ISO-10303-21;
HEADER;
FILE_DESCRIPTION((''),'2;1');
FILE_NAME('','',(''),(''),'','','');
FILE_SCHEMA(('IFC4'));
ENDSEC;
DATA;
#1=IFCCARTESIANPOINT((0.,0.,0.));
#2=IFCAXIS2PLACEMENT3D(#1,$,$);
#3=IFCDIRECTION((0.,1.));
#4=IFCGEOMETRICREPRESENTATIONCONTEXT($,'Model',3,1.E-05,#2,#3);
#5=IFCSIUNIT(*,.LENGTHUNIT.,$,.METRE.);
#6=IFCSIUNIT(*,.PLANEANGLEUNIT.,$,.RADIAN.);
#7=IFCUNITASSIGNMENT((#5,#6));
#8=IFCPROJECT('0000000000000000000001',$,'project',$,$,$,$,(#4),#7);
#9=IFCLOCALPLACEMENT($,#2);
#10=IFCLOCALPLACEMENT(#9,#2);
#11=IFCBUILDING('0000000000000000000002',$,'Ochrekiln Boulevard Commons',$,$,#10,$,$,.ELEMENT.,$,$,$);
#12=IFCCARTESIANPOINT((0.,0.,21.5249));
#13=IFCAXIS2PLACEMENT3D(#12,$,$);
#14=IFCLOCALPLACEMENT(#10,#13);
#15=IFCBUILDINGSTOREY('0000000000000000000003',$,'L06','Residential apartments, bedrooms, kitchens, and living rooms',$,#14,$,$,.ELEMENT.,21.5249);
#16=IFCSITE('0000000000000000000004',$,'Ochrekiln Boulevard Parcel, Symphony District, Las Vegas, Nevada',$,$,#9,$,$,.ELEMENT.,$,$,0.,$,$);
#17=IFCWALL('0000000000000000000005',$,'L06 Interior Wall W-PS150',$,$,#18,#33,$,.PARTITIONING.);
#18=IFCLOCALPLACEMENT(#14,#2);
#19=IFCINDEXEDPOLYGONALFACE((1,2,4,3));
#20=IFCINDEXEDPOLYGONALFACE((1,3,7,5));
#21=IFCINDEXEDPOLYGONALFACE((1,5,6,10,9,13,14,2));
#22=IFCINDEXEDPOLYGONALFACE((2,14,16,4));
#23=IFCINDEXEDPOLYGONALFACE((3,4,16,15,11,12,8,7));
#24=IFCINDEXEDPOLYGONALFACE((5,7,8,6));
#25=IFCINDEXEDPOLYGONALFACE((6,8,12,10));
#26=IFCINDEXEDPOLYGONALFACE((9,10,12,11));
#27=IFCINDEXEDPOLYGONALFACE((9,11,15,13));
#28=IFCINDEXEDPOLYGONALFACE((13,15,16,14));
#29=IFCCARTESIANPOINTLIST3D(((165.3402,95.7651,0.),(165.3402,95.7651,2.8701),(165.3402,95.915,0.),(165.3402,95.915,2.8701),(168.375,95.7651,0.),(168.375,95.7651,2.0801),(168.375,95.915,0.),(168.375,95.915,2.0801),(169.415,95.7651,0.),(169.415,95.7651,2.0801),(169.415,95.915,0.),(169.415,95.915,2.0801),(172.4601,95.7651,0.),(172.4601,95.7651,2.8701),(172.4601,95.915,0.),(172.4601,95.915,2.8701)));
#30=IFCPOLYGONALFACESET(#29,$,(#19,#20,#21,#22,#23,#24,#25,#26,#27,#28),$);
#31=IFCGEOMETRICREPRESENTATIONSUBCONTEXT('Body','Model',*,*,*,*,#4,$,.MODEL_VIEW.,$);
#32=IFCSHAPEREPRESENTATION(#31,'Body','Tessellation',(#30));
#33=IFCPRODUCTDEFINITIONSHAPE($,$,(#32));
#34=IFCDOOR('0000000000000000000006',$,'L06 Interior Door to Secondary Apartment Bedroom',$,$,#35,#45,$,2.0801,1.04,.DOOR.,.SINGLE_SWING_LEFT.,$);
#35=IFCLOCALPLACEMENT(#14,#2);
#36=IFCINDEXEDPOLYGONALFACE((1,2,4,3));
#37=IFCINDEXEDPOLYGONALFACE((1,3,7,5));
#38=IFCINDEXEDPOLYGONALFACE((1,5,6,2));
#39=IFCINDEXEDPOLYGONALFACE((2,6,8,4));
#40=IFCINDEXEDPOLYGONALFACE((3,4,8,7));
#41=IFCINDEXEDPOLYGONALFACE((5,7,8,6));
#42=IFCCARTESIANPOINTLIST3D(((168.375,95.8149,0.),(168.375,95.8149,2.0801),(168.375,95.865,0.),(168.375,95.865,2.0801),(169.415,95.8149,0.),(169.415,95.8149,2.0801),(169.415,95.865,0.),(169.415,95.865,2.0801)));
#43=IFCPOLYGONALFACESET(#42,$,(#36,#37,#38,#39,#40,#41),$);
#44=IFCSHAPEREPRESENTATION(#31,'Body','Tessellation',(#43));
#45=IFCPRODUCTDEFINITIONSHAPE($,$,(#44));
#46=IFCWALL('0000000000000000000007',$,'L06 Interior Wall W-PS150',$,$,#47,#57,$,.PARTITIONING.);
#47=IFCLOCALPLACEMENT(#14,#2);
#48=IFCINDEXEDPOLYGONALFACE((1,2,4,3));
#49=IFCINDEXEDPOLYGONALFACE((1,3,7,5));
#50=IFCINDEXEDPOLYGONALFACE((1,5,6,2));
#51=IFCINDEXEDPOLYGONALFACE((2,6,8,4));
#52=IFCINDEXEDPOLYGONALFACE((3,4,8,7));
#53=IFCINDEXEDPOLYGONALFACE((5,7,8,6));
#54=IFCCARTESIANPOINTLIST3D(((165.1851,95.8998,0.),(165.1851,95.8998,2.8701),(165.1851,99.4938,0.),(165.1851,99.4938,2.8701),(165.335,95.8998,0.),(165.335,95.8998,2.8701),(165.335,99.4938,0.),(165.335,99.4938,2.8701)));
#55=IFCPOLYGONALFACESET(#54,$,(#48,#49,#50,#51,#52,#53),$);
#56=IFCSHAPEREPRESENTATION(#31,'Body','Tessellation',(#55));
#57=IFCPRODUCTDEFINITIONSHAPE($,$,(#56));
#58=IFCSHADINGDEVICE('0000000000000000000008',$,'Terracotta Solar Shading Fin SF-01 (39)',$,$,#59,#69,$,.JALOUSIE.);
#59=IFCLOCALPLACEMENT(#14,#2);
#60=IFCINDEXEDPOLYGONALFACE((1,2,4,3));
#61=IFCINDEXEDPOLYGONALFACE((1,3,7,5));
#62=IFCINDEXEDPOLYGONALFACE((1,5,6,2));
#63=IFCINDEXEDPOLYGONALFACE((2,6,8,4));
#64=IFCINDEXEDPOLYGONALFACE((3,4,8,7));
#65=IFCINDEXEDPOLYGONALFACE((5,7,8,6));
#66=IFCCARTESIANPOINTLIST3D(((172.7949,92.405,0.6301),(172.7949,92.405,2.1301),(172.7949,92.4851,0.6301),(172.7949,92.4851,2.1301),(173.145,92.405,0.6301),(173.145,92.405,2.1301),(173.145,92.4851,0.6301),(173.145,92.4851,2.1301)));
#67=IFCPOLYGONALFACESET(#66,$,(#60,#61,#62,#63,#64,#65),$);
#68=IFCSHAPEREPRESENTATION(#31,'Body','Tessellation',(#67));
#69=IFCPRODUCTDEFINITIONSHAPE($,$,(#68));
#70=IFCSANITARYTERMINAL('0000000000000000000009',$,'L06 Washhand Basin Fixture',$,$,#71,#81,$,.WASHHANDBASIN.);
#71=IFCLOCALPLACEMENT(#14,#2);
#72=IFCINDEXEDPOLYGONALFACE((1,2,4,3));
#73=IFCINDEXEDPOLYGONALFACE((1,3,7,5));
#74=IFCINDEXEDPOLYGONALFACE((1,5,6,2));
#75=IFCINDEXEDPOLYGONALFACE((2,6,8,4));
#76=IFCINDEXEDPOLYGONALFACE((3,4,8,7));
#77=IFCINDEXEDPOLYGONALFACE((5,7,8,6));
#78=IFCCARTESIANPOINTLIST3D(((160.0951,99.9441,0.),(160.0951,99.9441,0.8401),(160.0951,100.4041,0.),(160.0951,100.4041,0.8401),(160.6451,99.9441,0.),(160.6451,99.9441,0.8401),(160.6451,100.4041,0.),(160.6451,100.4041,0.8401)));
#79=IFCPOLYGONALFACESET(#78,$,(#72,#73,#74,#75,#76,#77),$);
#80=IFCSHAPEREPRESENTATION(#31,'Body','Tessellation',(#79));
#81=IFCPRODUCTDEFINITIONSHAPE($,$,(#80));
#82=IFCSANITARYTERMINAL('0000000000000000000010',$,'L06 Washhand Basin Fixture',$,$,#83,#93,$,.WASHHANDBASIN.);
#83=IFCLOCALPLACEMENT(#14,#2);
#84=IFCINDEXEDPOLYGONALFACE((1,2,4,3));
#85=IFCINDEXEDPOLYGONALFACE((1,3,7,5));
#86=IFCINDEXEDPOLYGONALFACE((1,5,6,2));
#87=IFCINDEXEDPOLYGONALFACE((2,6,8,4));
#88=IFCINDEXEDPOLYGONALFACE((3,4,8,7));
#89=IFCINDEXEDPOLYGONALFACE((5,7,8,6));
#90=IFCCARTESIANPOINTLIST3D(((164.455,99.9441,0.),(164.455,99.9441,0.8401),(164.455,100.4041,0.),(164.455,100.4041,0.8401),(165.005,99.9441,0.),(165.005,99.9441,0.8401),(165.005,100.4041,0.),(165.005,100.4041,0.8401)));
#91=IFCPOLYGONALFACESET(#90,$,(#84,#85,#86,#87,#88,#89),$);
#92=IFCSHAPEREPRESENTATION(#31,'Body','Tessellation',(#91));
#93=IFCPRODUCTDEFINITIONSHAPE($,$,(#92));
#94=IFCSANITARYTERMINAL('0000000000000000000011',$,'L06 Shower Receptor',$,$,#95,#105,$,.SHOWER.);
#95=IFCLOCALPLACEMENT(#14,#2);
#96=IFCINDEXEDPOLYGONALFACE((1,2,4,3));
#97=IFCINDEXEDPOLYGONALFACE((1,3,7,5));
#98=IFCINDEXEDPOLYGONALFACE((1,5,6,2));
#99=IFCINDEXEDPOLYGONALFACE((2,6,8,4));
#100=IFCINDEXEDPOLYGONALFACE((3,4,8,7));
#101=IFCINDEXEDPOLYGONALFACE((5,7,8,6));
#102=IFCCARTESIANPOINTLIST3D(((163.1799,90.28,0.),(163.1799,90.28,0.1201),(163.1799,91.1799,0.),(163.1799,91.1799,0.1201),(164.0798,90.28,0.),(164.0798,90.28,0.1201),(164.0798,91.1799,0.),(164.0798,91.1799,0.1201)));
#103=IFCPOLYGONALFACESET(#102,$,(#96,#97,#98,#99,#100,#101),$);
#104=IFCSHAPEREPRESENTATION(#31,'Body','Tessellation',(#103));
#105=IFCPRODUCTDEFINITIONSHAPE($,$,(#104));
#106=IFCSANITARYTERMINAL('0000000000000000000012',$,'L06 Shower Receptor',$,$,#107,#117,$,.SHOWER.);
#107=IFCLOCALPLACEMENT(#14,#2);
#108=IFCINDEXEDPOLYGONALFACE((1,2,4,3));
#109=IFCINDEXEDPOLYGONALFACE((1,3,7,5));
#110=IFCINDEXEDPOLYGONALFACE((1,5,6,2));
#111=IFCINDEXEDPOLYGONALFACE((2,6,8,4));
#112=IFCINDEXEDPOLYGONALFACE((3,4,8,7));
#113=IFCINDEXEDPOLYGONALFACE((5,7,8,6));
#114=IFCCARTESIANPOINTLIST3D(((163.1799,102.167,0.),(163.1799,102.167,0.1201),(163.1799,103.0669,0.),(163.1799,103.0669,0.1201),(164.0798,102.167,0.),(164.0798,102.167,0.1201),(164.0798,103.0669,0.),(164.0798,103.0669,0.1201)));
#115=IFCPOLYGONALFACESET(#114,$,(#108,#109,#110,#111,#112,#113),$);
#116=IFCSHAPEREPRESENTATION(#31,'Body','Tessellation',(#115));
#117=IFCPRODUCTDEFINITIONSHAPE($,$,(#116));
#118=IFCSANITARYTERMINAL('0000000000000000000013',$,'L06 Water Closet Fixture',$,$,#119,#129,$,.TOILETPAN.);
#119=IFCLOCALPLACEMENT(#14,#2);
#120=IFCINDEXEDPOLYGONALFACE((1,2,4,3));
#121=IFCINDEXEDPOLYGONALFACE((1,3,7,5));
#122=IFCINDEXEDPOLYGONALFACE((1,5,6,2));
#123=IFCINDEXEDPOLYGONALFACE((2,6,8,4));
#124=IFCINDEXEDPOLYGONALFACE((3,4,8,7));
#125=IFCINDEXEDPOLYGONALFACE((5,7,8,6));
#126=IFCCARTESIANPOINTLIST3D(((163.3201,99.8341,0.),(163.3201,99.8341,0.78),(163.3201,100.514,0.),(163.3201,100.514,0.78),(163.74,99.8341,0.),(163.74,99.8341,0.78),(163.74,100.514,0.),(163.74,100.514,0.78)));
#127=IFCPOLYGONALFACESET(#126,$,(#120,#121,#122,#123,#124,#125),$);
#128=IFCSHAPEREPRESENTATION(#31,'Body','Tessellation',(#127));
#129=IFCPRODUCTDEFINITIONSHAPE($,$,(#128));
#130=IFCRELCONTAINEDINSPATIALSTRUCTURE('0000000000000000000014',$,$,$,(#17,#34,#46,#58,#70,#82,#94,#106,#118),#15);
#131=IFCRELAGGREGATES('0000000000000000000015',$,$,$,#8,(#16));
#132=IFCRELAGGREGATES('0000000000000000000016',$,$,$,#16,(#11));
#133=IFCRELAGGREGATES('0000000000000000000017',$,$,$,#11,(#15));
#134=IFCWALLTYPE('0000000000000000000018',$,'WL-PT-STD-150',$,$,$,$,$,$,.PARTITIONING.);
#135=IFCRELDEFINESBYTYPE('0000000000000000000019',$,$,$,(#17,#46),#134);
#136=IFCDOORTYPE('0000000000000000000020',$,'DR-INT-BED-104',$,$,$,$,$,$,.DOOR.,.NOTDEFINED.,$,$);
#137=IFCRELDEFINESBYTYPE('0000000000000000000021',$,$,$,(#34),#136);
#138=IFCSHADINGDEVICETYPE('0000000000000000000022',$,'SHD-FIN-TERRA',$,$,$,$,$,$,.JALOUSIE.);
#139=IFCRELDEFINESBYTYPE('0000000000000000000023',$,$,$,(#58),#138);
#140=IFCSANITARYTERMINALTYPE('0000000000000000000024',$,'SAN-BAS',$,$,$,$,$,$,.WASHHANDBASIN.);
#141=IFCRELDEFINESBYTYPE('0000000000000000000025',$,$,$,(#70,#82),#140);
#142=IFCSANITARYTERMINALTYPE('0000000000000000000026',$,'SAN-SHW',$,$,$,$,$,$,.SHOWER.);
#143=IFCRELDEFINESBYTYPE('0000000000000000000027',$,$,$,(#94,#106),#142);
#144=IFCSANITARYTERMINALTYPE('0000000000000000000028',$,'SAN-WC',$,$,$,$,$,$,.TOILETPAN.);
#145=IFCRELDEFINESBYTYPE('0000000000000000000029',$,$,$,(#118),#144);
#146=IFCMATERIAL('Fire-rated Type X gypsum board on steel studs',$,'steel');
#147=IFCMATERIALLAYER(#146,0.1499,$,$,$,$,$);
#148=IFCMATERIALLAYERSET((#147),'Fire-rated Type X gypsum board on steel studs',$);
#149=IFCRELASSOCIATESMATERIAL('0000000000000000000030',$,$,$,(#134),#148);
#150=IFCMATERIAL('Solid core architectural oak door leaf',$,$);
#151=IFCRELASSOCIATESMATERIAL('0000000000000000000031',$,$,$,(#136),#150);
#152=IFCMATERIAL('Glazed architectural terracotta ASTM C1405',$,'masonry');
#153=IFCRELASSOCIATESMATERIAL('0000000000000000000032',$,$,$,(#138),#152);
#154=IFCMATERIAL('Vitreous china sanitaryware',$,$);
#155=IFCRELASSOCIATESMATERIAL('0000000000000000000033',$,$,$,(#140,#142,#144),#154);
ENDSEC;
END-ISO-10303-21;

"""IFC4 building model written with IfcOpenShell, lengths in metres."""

from ifc_helpers import new_model, si_unit, direction, frame, frame_2d, origin, origin_2d, place, context, subcontext, project, spatial, rectangle, extrude, material, layer, layer_set, type_object, element, fill, save


model = new_model("IFC4")

# Units and contexts
model_context = context("Model", 3, precision=1e-05, world=origin(), true_north=direction((0.0, 1.0)))
body_context = subcontext(model_context, "Body", "Model", "MODEL_VIEW")
ifc_project = project(units=[si_unit("LENGTHUNIT", "METRE"), si_unit("PLANEANGLEUNIT", "RADIAN")], contexts=[model_context])

# Site, building, storey
site_placement = place(None, origin())
site = spatial("IfcSite", under=ifc_project, at=site_placement, Name="Ochrekiln Boulevard Parcel, Symphony District, Las Vegas, Nevada", CompositionType="ELEMENT", RefElevation=0.0)
building_placement = place(site_placement, origin())
building = spatial("IfcBuilding", under=site, at=building_placement, Name="Ochrekiln Boulevard Commons", CompositionType="ELEMENT")
storey_placement = place(building_placement, frame((0.0, 0.0, 21.5249)))
storey = spatial("IfcBuildingStorey", under=building, at=storey_placement, Name="L06", Description="Residential apartments, bedrooms, kitchens, and living rooms", CompositionType="ELEMENT", Elevation=21.5249)

# Shared definitions
ifc_material_1 = material(Name="Solid core architectural oak door leaf")

# Shared definitions
ifc_material_2 = material(Name="Fire-rated Type X gypsum board on steel studs", Category="steel")

# Wall, opening, door
ifc_layer_1 = layer(ifc_material_2, 0.1499)
ifc_layer_set_1 = layer_set([ifc_layer_1], Name="Fire-rated Type X gypsum board on steel studs")
wall_type_1 = type_object("IfcWallType", Name="WL-PT-STD-150", PredefinedType="PARTITIONING", material=ifc_layer_set_1)
wall_1_placement = place(storey_placement, frame((165.3401, 95.8401, 0.0), z_axis=(0.0, 0.0, 1.0), x_axis=(1.0, 0.0, 0.0)))
wall_1 = element("IfcWall", 1, at=wall_1_placement, inside=storey, type_object=wall_type_1, Name="L06 Interior Wall W-PS150", PredefinedType="PARTITIONING", context=body_context, shape_type="SweptSolid", body=[
    extrude(rectangle(XDim=7.1199, YDim=0.1499, at=frame_2d((3.5601, 0.0))), origin(), (0.0, 0.0, 1.0), 2.8701),
])
opening_1_placement = place(wall_1_placement, frame((3.0349, 0.0, 0.0)))
opening_1 = element("IfcOpeningElement", 2, at=opening_1_placement, cuts=wall_1, PredefinedType="OPENING", context=body_context, shape_type="SweptSolid", body=[
    extrude(rectangle(XDim=1.04, YDim=2.0801, at=frame_2d((0.52, 1.04))), frame((0.0, 0.085, 0.0), z_axis=(0.0, -1.0, 0.0), x_axis=(1.0, 0.0, 0.0)), (0.0, 0.0, 1.0), 0.1699),
])
door_type_1 = type_object("IfcDoorType", Name="DR-INT-BED-104", OperationType="NOTDEFINED", PredefinedType="DOOR", material=ifc_material_1)
door_1_placement = place(opening_1_placement, origin())
door_1 = element("IfcDoor", 3, at=door_1_placement, inside=storey, type_object=door_type_1, Name="L06 Interior Door to Secondary Apartment Bedroom", OperationType="SINGLE_SWING_LEFT", OverallHeight=2.0801, OverallWidth=1.04, PredefinedType="DOOR", context=body_context, shape_type="SweptSolid", body=[
    extrude(rectangle(XDim=1.04, YDim=2.0801, at=frame_2d((0.52, 1.04))), frame((0.0, 0.0249, 0.0), z_axis=(0.0, -1.0, 0.0), x_axis=(1.0, 0.0, 0.0)), (0.0, 0.0, 1.0), 0.05),
])
fill(opening_1, door_1)

# Wall
wall_2_placement = place(storey_placement, frame((165.26, 95.8999, 0.0), z_axis=(0.0, 0.0, 1.0), x_axis=(0.0, 1.0, 0.0)))
element("IfcWall", 4, at=wall_2_placement, inside=storey, type_object=wall_type_1, Name="L06 Interior Wall W-PS150", PredefinedType="PARTITIONING", context=body_context, shape_type="SweptSolid", body=[
    extrude(rectangle(XDim=3.594, YDim=0.1499, at=frame_2d((1.7969, 0.0))), origin(), (0.0, 0.0, 1.0), 2.8701),
])

# Shading device
ifc_material_3 = material(Name="Glazed architectural terracotta ASTM C1405", Category="masonry")
shading_device_type = type_object("IfcShadingDeviceType", Name="SHD-FIN-TERRA", PredefinedType="JALOUSIE", material=ifc_material_3)
shading_device_placement = place(storey_placement, frame((172.97, 92.4451, 0.6301), z_axis=(0.0, 0.0, 1.0), x_axis=(1.0, 0.0, 0.0)))
element("IfcShadingDevice", 5, at=shading_device_placement, inside=storey, type_object=shading_device_type, Name="Terracotta Solar Shading Fin SF-01 (39)", PredefinedType="JALOUSIE", context=body_context, shape_type="SweptSolid", body=[
    extrude(rectangle(XDim=0.3501, YDim=0.0801, at=origin_2d()), origin(), (0.0, 0.0, 1.0), 1.5),
])

# Sanitary terminals
ifc_material_4 = material(Name="Vitreous china sanitaryware")
sanitary_terminal_type_1 = type_object("IfcSanitaryTerminalType", Name="SAN-BAS", PredefinedType="WASHHANDBASIN", material=ifc_material_4)
for number, where, z_axis, x_axis, name in (
    (6, (160.3701, 100.1741, 0.0), (0.0, 0.0, 1.0), (1.0, 0.0, 0.0), "L06 Washhand Basin Fixture"),
    (7, (164.73, 100.1741, 0.0), (0.0, 0.0, 1.0), (1.0, 0.0, 0.0), "L06 Washhand Basin Fixture"),
):
    element("IfcSanitaryTerminal", number, at=place(storey_placement, frame(where, z_axis=z_axis, x_axis=x_axis)), inside=storey, type_object=sanitary_terminal_type_1, Name=name, PredefinedType="WASHHANDBASIN", context=body_context, shape_type="SweptSolid", body=[
        extrude(rectangle(XDim=0.55, YDim=0.46, at=origin_2d()), origin(), (0.0, 0.0, 1.0), 0.8401),
    ])
sanitary_terminal_type_2 = type_object("IfcSanitaryTerminalType", Name="SAN-SHW", PredefinedType="SHOWER", material=ifc_material_4)
for number, where, z_axis, x_axis, name in (
    (8, (163.6299, 90.73, 0.0), (0.0, 0.0, 1.0), (1.0, 0.0, 0.0), "L06 Shower Receptor"),
    (9, (163.6299, 102.6169, 0.0), (0.0, 0.0, 1.0), (1.0, 0.0, 0.0), "L06 Shower Receptor"),
):
    element("IfcSanitaryTerminal", number, at=place(storey_placement, frame(where, z_axis=z_axis, x_axis=x_axis)), inside=storey, type_object=sanitary_terminal_type_2, Name=name, PredefinedType="SHOWER", context=body_context, shape_type="SweptSolid", body=[
        extrude(rectangle(XDim=0.8999, YDim=0.8999, at=origin_2d()), origin(), (0.0, 0.0, 1.0), 0.1201),
    ])
sanitary_terminal_type_3 = type_object("IfcSanitaryTerminalType", Name="SAN-WC", PredefinedType="TOILETPAN", material=ifc_material_4)
sanitary_terminal_placement = place(storey_placement, frame((163.53, 100.1741, 0.0), z_axis=(0.0, 0.0, 1.0), x_axis=(1.0, 0.0, 0.0)))
element("IfcSanitaryTerminal", 10, at=sanitary_terminal_placement, inside=storey, type_object=sanitary_terminal_type_3, Name="L06 Water Closet Fixture", PredefinedType="TOILETPAN", context=body_context, shape_type="SweptSolid", body=[
    extrude(rectangle(XDim=0.4199, YDim=0.6799, at=origin_2d()), origin(), (0.0, 0.0, 1.0), 0.78),
])

save(model, "model.ifc")
